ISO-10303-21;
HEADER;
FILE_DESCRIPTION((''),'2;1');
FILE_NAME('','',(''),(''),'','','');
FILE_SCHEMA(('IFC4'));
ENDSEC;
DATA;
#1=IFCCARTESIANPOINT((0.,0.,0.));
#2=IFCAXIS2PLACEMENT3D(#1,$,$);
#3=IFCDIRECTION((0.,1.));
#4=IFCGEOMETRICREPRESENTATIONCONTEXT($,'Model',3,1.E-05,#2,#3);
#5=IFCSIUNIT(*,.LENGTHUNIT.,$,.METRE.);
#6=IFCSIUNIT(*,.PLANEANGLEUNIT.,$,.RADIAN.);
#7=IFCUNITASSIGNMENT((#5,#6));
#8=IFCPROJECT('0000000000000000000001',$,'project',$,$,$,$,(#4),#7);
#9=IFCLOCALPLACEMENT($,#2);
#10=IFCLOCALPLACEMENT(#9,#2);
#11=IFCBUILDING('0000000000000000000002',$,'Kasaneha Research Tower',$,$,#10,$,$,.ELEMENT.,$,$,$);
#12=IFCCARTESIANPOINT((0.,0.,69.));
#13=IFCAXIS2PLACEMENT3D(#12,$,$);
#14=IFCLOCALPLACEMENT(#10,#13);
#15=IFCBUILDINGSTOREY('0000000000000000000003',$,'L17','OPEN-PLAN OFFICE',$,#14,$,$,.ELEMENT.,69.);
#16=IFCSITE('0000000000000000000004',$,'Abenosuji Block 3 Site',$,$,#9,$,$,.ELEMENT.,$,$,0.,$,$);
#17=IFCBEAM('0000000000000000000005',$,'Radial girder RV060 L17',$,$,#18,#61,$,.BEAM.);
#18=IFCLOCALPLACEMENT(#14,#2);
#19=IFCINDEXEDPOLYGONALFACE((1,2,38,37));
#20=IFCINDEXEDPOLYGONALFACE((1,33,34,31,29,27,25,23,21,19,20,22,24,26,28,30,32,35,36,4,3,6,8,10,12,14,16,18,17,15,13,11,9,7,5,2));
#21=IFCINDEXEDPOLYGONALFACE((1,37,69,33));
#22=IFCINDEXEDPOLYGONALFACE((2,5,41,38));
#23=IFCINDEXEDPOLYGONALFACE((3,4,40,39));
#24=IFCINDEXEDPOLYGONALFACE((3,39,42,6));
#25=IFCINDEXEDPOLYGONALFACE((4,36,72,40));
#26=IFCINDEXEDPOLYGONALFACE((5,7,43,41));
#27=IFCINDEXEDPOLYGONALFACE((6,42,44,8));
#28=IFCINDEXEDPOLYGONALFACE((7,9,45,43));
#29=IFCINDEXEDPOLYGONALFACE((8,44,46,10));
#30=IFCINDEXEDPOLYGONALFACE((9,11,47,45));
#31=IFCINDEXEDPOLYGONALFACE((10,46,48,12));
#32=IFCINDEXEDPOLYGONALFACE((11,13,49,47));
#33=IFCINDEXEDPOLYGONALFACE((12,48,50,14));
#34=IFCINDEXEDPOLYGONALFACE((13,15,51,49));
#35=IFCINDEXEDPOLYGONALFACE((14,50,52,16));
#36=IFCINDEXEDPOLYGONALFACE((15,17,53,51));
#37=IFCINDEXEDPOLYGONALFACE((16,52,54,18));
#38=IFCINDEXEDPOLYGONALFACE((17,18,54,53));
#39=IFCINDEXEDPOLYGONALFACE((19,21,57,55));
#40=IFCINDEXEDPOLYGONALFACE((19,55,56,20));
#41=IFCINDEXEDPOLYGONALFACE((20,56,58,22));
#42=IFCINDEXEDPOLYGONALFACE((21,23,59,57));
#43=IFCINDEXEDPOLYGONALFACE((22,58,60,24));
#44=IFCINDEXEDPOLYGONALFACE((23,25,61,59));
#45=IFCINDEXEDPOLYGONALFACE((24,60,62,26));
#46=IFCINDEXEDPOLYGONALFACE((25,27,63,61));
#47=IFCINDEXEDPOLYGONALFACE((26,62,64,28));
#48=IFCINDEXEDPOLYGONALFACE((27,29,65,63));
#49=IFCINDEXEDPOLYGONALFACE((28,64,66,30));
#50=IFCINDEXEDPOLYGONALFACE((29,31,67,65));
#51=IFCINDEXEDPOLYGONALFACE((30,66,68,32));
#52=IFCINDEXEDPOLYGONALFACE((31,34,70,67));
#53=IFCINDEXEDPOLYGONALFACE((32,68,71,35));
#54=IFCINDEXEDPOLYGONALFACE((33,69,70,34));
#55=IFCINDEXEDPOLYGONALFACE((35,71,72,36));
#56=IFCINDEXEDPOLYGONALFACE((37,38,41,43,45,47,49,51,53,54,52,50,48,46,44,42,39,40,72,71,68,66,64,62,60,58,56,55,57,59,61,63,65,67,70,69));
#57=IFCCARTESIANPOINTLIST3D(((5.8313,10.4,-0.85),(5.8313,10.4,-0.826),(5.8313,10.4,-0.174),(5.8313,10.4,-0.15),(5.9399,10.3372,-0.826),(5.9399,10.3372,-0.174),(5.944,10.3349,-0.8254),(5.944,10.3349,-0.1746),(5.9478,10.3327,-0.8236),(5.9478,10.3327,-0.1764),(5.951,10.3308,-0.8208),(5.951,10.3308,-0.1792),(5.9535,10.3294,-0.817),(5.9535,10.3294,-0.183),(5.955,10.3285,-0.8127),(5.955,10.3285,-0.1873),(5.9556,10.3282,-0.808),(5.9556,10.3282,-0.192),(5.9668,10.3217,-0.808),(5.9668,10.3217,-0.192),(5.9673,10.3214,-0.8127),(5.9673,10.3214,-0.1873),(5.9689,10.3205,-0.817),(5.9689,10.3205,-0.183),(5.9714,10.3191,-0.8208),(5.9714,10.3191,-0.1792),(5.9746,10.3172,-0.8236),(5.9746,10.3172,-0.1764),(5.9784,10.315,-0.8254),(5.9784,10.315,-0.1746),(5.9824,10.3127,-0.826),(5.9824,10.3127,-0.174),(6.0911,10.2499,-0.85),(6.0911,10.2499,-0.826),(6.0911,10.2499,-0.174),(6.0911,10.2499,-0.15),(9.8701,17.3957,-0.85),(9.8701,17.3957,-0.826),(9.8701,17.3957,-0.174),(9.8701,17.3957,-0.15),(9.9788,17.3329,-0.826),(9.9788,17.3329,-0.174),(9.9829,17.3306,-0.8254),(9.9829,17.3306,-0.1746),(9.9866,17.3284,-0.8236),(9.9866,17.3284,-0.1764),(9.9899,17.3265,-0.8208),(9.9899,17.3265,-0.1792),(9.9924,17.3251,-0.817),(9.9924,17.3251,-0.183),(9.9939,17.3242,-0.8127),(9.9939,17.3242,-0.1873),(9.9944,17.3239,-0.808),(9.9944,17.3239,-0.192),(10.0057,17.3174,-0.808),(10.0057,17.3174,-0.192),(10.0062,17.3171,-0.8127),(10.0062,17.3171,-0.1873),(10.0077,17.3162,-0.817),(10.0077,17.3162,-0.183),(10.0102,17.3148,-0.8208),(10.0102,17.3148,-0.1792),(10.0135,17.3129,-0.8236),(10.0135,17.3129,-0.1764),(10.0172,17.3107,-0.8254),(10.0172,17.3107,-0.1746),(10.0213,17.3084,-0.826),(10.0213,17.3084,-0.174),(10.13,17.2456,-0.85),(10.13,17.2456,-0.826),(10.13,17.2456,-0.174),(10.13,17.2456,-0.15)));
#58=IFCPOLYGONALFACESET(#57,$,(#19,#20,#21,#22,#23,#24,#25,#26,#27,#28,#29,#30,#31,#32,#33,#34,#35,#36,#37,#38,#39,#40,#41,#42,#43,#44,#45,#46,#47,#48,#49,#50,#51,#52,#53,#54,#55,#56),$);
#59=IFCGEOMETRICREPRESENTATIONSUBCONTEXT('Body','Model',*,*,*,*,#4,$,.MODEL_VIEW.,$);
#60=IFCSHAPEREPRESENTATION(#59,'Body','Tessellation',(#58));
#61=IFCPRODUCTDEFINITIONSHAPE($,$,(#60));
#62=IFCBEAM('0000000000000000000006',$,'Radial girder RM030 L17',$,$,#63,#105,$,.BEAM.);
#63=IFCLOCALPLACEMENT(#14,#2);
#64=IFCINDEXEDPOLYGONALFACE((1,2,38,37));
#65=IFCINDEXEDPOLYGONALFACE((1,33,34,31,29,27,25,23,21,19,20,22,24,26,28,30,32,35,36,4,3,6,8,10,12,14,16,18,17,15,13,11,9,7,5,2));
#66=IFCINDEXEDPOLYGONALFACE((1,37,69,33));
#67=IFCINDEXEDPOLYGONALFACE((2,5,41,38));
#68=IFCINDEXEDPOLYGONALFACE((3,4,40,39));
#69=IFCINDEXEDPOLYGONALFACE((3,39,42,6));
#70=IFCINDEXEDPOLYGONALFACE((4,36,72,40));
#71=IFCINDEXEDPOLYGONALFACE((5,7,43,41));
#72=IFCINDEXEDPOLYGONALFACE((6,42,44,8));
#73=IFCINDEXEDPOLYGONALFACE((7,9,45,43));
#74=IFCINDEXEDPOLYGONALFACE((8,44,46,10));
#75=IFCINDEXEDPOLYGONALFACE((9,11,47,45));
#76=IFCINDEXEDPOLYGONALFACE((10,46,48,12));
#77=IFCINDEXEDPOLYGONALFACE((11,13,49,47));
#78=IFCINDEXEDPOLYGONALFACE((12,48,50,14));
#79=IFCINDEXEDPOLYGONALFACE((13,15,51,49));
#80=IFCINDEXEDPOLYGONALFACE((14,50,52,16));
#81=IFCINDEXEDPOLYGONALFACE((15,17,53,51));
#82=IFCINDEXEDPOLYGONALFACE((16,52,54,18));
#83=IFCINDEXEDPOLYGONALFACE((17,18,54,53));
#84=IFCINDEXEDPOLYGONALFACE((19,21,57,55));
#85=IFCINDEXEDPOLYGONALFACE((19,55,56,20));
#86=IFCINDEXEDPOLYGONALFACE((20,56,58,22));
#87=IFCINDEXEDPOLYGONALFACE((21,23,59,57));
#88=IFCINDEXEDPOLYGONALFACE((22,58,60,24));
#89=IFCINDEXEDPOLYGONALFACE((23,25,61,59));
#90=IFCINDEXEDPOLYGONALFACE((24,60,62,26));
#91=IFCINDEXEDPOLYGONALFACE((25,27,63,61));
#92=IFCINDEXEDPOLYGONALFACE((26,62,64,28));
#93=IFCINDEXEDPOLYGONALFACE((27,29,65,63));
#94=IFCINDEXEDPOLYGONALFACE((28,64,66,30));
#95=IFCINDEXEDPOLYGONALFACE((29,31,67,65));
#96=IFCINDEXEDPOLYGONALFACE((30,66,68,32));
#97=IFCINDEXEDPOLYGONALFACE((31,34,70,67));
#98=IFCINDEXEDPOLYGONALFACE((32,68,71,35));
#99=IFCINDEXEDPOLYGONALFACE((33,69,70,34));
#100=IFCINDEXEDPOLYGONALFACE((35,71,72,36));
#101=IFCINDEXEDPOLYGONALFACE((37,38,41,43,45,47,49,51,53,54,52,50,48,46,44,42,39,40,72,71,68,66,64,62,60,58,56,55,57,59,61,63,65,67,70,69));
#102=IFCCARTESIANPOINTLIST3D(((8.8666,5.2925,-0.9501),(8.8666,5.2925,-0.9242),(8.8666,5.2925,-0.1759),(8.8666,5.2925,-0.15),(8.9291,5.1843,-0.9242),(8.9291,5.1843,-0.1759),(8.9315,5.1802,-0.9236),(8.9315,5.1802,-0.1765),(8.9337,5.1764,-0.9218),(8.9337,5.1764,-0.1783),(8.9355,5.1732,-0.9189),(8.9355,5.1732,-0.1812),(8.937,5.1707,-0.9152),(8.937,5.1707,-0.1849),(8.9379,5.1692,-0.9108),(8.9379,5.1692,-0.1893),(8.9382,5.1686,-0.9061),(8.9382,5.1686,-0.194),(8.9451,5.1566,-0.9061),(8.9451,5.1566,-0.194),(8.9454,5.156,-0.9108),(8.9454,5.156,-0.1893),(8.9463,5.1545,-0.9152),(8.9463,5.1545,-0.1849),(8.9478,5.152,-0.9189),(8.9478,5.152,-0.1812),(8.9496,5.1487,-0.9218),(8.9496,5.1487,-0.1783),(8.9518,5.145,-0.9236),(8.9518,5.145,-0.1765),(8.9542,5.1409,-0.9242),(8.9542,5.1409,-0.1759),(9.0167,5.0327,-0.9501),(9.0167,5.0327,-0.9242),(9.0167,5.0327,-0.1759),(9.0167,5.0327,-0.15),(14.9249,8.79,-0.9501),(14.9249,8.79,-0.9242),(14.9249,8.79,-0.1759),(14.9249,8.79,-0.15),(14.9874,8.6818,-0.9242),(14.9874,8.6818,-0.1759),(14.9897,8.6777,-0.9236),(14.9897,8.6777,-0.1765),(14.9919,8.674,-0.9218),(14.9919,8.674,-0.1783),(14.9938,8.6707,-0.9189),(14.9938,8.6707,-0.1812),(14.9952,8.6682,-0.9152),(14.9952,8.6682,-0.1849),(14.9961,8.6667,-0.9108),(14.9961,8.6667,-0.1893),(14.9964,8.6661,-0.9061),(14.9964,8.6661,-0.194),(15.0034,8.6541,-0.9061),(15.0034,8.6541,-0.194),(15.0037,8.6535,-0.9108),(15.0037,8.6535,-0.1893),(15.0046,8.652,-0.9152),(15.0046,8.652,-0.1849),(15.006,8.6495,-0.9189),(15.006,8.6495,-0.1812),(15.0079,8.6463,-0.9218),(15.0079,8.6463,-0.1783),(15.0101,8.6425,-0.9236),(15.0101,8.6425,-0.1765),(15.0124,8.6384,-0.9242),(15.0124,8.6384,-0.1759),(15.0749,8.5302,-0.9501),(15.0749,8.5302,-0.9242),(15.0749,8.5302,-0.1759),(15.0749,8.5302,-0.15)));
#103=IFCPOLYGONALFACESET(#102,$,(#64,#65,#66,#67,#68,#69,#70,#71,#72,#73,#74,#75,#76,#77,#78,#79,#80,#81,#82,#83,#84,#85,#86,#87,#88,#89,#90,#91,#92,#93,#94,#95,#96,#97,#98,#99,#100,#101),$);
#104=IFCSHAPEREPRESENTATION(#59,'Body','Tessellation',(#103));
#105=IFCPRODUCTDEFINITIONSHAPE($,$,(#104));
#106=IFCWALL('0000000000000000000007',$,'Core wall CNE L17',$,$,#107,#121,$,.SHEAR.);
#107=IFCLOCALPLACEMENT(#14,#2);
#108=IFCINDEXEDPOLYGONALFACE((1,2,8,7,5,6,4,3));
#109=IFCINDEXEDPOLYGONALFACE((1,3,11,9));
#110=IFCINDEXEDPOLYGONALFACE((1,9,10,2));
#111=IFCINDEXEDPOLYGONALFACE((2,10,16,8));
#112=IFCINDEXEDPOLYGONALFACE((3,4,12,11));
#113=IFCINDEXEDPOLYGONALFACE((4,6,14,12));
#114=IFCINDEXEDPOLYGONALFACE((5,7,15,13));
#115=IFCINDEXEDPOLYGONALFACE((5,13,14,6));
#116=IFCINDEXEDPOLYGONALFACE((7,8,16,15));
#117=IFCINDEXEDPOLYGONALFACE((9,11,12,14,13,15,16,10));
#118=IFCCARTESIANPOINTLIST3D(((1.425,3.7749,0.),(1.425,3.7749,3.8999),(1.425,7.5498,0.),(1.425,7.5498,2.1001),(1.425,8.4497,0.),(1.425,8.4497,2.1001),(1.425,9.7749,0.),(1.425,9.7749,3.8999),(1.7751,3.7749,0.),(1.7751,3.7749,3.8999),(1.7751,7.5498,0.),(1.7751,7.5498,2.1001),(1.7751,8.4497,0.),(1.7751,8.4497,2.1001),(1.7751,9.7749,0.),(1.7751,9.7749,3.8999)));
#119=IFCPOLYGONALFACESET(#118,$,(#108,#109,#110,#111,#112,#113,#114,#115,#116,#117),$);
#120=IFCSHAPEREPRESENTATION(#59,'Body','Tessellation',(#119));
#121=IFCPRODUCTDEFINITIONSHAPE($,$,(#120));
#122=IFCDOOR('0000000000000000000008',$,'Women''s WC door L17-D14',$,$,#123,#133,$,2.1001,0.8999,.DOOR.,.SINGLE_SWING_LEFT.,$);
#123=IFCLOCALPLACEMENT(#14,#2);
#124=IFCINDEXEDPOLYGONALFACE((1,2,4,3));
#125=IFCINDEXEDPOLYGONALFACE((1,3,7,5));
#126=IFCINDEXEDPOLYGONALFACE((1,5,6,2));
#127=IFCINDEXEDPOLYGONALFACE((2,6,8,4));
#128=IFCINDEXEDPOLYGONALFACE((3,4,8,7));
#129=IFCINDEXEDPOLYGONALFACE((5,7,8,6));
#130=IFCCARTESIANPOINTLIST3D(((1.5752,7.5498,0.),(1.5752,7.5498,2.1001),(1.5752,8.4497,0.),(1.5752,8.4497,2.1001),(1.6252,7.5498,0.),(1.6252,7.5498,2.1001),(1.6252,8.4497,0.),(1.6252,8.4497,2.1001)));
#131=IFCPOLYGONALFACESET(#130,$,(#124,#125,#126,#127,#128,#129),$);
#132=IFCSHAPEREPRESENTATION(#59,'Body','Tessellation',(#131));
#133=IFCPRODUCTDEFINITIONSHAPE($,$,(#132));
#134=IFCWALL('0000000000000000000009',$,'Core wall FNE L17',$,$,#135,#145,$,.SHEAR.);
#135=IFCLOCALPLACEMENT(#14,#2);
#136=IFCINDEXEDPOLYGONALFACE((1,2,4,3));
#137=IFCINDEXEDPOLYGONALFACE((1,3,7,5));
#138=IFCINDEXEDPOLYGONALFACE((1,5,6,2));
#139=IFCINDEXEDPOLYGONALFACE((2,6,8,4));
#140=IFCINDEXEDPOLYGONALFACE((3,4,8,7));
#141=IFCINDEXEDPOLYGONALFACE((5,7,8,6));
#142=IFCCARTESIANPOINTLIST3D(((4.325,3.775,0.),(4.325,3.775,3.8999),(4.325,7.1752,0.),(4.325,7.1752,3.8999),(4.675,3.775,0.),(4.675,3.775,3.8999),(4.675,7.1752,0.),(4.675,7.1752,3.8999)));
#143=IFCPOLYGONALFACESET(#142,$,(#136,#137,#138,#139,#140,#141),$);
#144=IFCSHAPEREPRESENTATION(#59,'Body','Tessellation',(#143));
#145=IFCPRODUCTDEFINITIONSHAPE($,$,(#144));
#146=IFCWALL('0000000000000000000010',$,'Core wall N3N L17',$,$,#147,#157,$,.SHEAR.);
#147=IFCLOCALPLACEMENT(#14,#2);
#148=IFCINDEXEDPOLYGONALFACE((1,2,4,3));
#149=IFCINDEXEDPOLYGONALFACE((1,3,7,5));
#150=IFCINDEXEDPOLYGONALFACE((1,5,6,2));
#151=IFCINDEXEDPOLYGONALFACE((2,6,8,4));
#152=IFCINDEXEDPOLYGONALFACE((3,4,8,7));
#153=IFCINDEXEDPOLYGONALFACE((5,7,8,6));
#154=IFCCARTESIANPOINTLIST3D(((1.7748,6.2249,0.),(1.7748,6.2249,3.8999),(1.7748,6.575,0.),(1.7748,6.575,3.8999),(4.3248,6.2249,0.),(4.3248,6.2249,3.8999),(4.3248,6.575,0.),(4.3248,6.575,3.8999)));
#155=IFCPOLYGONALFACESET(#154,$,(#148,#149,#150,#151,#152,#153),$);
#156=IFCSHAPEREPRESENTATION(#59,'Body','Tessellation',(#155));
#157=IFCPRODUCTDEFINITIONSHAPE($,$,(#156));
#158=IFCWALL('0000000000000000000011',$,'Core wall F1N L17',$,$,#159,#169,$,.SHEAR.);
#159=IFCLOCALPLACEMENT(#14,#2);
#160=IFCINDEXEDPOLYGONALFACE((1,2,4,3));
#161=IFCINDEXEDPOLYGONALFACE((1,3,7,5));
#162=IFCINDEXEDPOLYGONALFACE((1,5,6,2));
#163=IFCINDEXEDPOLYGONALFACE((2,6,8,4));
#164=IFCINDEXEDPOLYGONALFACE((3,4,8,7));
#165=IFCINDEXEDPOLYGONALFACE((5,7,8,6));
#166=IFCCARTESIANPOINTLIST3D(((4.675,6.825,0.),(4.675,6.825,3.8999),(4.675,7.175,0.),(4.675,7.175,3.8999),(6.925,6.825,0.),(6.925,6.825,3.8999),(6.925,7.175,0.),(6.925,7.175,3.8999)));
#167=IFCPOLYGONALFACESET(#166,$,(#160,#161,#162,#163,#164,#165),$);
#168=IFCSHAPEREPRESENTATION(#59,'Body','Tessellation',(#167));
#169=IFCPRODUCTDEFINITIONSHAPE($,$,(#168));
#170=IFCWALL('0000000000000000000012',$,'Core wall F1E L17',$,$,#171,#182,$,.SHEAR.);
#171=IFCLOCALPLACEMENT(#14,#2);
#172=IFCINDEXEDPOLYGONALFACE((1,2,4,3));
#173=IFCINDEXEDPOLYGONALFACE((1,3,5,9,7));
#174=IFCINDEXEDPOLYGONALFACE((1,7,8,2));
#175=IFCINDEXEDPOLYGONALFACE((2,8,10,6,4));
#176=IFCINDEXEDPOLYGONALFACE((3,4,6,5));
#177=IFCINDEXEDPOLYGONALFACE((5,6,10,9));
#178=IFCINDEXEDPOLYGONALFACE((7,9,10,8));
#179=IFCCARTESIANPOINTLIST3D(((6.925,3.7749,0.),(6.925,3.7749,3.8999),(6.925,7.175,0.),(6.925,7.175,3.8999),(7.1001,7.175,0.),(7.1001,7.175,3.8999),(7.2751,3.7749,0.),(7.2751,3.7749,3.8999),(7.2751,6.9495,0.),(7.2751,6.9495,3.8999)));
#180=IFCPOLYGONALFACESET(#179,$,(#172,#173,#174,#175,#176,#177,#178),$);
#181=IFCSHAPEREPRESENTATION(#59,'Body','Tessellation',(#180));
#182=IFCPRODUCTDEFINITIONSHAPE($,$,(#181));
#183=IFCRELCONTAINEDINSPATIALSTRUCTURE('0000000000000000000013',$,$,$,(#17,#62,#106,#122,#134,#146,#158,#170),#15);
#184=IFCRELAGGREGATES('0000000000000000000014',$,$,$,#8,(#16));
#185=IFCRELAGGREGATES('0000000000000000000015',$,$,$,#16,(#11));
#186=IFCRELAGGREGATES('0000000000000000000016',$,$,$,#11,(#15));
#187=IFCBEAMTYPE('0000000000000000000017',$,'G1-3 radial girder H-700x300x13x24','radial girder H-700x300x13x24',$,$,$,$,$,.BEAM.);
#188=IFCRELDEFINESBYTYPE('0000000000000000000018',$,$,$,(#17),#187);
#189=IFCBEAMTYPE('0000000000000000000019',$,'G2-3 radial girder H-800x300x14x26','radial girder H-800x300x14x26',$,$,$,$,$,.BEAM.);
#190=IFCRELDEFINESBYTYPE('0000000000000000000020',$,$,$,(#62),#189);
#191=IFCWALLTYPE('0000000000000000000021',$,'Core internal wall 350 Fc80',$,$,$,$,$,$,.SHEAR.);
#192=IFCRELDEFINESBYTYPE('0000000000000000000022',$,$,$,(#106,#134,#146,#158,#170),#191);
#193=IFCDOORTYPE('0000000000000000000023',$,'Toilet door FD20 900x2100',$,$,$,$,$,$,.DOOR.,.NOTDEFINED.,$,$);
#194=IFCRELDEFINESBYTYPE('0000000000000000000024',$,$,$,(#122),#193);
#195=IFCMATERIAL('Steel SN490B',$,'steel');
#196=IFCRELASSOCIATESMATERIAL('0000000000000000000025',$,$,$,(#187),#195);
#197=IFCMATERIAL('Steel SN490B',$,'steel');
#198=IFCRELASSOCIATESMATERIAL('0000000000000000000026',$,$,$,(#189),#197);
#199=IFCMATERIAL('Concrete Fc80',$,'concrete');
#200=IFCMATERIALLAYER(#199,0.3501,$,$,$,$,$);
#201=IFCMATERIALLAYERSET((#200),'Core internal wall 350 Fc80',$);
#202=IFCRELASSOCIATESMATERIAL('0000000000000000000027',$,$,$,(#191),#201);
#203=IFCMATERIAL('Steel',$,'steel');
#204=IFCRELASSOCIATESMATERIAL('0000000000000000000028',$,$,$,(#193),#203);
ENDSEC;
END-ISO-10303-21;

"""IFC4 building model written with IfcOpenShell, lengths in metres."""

from ifc_helpers import new_model, si_unit, direction, frame, frame_2d, origin, origin_2d, place, context, subcontext, project, spatial, polyline, rectangle, i_section, outline, extrude, material, layer, layer_set, material_profile, profile_set, type_object, element, fill, save


model = new_model("IFC4")

# Units and contexts
model_context = context("Model", 3, precision=1e-05, world=origin(), true_north=direction((0.0, 1.0)))
body_context = subcontext(model_context, "Body", "Model", "MODEL_VIEW")
ifc_project = project(units=[si_unit("LENGTHUNIT", "METRE"), si_unit("PLANEANGLEUNIT", "RADIAN")], contexts=[model_context])

# Site, building, storey
site_placement = place(None, origin())
site = spatial("IfcSite", under=ifc_project, at=site_placement, Name="Abenosuji Block 3 Site", CompositionType="ELEMENT", RefElevation=0.0)
building_placement = place(site_placement, origin())
building = spatial("IfcBuilding", under=site, at=building_placement, Name="Kasaneha Research Tower", CompositionType="ELEMENT")
storey_placement = place(building_placement, frame((0.0, 0.0, 69.0)))
storey = spatial("IfcBuildingStorey", under=building, at=storey_placement, Name="L17", Description="OPEN-PLAN OFFICE", CompositionType="ELEMENT", Elevation=69.0)

# Beams
ifc_material_1 = material(Name="Steel SN490B", Category="steel")
ifc_material_profile_1 = material_profile(ifc_material_1, i_section(OverallWidth=0.3, OverallDepth=0.7, WebThickness=0.0129, FlangeThickness=0.0239, FilletRadius=0.0181, at=origin_2d()), Name="H-700x300x13x24")
ifc_profile_set_1 = profile_set([ifc_material_profile_1], Name="Steel SN490B")
beam_type_1 = type_object("IfcBeamType", Name="G1-3 radial girder H-700x300x13x24", Description="radial girder H-700x300x13x24", PredefinedType="BEAM", material=ifc_profile_set_1)
beam_1_placement = place(storey_placement, frame((5.9612, 10.325, -0.5), z_axis=(0.499991, 0.866031, 0.0), x_axis=(-0.866031, 0.499991, 0.0)))
element("IfcBeam", 1, at=beam_1_placement, inside=storey, type_object=beam_type_1, Name="Radial girder RV060 L17", PredefinedType="BEAM", context=body_context, shape_type="SweptSolid", body=[
    extrude(i_section(OverallWidth=0.3, OverallDepth=0.7, WebThickness=0.0129, FlangeThickness=0.0239, FilletRadius=0.0181, at=origin_2d()), origin(), (0.0, 0.0, 1.0), 8.0779),
])
ifc_material_2 = material(Name="Steel SN490B", Category="steel")
ifc_material_profile_2 = material_profile(ifc_material_2, i_section(OverallWidth=0.3, OverallDepth=0.8, WebThickness=0.0139, FlangeThickness=0.0259, FilletRadius=0.0181, at=origin_2d()), Name="H-800x300x14x26")
ifc_profile_set_2 = profile_set([ifc_material_profile_2], Name="Steel SN490B")
beam_type_2 = type_object("IfcBeamType", Name="G2-3 radial girder H-800x300x14x26", Description="radial girder H-800x300x14x26", PredefinedType="BEAM", material=ifc_profile_set_2)
beam_2_placement = place(storey_placement, frame((8.9417, 5.1626, -0.55), z_axis=(0.86604, 0.499975, 0.0), x_axis=(-0.499975, 0.86604, 0.0)))
element("IfcBeam", 2, at=beam_2_placement, inside=storey, type_object=beam_type_2, Name="Radial girder RM030 L17", PredefinedType="BEAM", context=body_context, shape_type="SweptSolid", body=[
    extrude(i_section(OverallWidth=0.3, OverallDepth=0.8, WebThickness=0.0139, FlangeThickness=0.0259, FilletRadius=0.0181, at=origin_2d()), origin(), (0.0, 0.0, 1.0), 6.9954),
])

# Wall, opening, door
ifc_material_3 = material(Name="Concrete Fc80", Category="concrete")
ifc_layer_1 = layer(ifc_material_3, 0.3501)
ifc_layer_set_1 = layer_set([ifc_layer_1], Name="Core internal wall 350 Fc80")
wall_type_1 = type_object("IfcWallType", Name="Core internal wall 350 Fc80", PredefinedType="SHEAR", material=ifc_layer_set_1)
wall_1_placement = place(storey_placement, frame((1.6001, 3.7749, 0.0), z_axis=(0.0, 0.0, 1.0), x_axis=(0.0, 1.0, 0.0)))
wall_1 = element("IfcWall", 3, at=wall_1_placement, inside=storey, type_object=wall_type_1, Name="Core wall CNE L17", PredefinedType="SHEAR", context=body_context, shape_type="SweptSolid", body=[
    extrude(rectangle(XDim=6.0, YDim=0.3501, at=frame_2d((3.0, 0.0))), origin(), (0.0, 0.0, 1.0), 3.8999),
])
opening_1_placement = place(wall_1_placement, frame((3.7749, 0.0, 0.0)))
opening_1 = element("IfcOpeningElement", 4, at=opening_1_placement, cuts=wall_1, PredefinedType="OPENING", context=body_context, shape_type="SweptSolid", body=[
    extrude(rectangle(XDim=0.8999, YDim=2.1001, at=frame_2d((0.45, 1.05))), frame((0.0, 0.1851, 0.0), z_axis=(0.0, -1.0, 0.0), x_axis=(1.0, 0.0, 0.0)), (0.0, 0.0, 1.0), 0.3701),
])
ifc_material_4 = material(Name="Steel", Category="steel")
door_type_1 = type_object("IfcDoorType", Name="Toilet door FD20 900x2100", OperationType="NOTDEFINED", PredefinedType="DOOR", material=ifc_material_4)
door_1_placement = place(opening_1_placement, origin())
door_1 = element("IfcDoor", 5, at=door_1_placement, inside=storey, type_object=door_type_1, Name="Women's WC door L17-D14", OperationType="SINGLE_SWING_LEFT", OverallHeight=2.1001, OverallWidth=0.8999, PredefinedType="DOOR", context=body_context, shape_type="SweptSolid", body=[
    extrude(rectangle(XDim=0.8999, YDim=2.1001, at=frame_2d((0.45, 1.05))), frame((0.0, 0.0249, 0.0), z_axis=(0.0, -1.0, 0.0), x_axis=(1.0, 0.0, 0.0)), (0.0, 0.0, 1.0), 0.05),
])
fill(opening_1, door_1)

# Walls
wall_2_placement = place(storey_placement, frame((4.5, 3.7749, 0.0), z_axis=(0.0, 0.0, 1.0), x_axis=(0.0, 1.0, 0.0)))
element("IfcWall", 6, at=wall_2_placement, inside=storey, type_object=wall_type_1, Name="Core wall FNE L17", PredefinedType="SHEAR", context=body_context, shape_type="SweptSolid", body=[
    extrude(rectangle(XDim=3.4001, YDim=0.3501, at=frame_2d((1.7002, 0.0))), origin(), (0.0, 0.0, 1.0), 3.8999),
])
wall_3_placement = place(storey_placement, frame((1.7749, 6.3999, 0.0), z_axis=(0.0, 0.0, 1.0), x_axis=(1.0, 0.0, 0.0)))
element("IfcWall", 7, at=wall_3_placement, inside=storey, type_object=wall_type_1, Name="Core wall N3N L17", PredefinedType="SHEAR", context=body_context, shape_type="SweptSolid", body=[
    extrude(rectangle(XDim=2.55, YDim=0.3501, at=frame_2d((1.2749, 0.0))), origin(), (0.0, 0.0, 1.0), 3.8999),
])
wall_4_placement = place(storey_placement, frame((4.675, 7.0, 0.0), z_axis=(0.0, 0.0, 1.0), x_axis=(1.0, 0.0, 0.0)))
element("IfcWall", 8, at=wall_4_placement, inside=storey, type_object=wall_type_1, Name="Core wall F1N L17", PredefinedType="SHEAR", context=body_context, shape_type="SweptSolid", body=[
    extrude(rectangle(XDim=2.25, YDim=0.3501, at=frame_2d((1.125, 0.0))), origin(), (0.0, 0.0, 1.0), 3.8999),
])
wall_5_placement = place(storey_placement, frame((7.1001, 3.7749, 0.0), z_axis=(0.0, 0.0, 1.0), x_axis=(0.0, 1.0, 0.0)))
element("IfcWall", 9, at=wall_5_placement, inside=storey, type_object=wall_type_1, Name="Core wall F1E L17", PredefinedType="SHEAR", context=body_context, shape_type="SweptSolid", body=[
    extrude(outline(polyline([(0.0, -0.175), (3.1746, -0.175), (3.4001, 0.0), (3.4001, 0.175), (0.0, 0.175), (0.0, -0.175)])), origin(), (0.0, 0.0, 1.0), 3.8999),
])

save(model, "model.ifc")
